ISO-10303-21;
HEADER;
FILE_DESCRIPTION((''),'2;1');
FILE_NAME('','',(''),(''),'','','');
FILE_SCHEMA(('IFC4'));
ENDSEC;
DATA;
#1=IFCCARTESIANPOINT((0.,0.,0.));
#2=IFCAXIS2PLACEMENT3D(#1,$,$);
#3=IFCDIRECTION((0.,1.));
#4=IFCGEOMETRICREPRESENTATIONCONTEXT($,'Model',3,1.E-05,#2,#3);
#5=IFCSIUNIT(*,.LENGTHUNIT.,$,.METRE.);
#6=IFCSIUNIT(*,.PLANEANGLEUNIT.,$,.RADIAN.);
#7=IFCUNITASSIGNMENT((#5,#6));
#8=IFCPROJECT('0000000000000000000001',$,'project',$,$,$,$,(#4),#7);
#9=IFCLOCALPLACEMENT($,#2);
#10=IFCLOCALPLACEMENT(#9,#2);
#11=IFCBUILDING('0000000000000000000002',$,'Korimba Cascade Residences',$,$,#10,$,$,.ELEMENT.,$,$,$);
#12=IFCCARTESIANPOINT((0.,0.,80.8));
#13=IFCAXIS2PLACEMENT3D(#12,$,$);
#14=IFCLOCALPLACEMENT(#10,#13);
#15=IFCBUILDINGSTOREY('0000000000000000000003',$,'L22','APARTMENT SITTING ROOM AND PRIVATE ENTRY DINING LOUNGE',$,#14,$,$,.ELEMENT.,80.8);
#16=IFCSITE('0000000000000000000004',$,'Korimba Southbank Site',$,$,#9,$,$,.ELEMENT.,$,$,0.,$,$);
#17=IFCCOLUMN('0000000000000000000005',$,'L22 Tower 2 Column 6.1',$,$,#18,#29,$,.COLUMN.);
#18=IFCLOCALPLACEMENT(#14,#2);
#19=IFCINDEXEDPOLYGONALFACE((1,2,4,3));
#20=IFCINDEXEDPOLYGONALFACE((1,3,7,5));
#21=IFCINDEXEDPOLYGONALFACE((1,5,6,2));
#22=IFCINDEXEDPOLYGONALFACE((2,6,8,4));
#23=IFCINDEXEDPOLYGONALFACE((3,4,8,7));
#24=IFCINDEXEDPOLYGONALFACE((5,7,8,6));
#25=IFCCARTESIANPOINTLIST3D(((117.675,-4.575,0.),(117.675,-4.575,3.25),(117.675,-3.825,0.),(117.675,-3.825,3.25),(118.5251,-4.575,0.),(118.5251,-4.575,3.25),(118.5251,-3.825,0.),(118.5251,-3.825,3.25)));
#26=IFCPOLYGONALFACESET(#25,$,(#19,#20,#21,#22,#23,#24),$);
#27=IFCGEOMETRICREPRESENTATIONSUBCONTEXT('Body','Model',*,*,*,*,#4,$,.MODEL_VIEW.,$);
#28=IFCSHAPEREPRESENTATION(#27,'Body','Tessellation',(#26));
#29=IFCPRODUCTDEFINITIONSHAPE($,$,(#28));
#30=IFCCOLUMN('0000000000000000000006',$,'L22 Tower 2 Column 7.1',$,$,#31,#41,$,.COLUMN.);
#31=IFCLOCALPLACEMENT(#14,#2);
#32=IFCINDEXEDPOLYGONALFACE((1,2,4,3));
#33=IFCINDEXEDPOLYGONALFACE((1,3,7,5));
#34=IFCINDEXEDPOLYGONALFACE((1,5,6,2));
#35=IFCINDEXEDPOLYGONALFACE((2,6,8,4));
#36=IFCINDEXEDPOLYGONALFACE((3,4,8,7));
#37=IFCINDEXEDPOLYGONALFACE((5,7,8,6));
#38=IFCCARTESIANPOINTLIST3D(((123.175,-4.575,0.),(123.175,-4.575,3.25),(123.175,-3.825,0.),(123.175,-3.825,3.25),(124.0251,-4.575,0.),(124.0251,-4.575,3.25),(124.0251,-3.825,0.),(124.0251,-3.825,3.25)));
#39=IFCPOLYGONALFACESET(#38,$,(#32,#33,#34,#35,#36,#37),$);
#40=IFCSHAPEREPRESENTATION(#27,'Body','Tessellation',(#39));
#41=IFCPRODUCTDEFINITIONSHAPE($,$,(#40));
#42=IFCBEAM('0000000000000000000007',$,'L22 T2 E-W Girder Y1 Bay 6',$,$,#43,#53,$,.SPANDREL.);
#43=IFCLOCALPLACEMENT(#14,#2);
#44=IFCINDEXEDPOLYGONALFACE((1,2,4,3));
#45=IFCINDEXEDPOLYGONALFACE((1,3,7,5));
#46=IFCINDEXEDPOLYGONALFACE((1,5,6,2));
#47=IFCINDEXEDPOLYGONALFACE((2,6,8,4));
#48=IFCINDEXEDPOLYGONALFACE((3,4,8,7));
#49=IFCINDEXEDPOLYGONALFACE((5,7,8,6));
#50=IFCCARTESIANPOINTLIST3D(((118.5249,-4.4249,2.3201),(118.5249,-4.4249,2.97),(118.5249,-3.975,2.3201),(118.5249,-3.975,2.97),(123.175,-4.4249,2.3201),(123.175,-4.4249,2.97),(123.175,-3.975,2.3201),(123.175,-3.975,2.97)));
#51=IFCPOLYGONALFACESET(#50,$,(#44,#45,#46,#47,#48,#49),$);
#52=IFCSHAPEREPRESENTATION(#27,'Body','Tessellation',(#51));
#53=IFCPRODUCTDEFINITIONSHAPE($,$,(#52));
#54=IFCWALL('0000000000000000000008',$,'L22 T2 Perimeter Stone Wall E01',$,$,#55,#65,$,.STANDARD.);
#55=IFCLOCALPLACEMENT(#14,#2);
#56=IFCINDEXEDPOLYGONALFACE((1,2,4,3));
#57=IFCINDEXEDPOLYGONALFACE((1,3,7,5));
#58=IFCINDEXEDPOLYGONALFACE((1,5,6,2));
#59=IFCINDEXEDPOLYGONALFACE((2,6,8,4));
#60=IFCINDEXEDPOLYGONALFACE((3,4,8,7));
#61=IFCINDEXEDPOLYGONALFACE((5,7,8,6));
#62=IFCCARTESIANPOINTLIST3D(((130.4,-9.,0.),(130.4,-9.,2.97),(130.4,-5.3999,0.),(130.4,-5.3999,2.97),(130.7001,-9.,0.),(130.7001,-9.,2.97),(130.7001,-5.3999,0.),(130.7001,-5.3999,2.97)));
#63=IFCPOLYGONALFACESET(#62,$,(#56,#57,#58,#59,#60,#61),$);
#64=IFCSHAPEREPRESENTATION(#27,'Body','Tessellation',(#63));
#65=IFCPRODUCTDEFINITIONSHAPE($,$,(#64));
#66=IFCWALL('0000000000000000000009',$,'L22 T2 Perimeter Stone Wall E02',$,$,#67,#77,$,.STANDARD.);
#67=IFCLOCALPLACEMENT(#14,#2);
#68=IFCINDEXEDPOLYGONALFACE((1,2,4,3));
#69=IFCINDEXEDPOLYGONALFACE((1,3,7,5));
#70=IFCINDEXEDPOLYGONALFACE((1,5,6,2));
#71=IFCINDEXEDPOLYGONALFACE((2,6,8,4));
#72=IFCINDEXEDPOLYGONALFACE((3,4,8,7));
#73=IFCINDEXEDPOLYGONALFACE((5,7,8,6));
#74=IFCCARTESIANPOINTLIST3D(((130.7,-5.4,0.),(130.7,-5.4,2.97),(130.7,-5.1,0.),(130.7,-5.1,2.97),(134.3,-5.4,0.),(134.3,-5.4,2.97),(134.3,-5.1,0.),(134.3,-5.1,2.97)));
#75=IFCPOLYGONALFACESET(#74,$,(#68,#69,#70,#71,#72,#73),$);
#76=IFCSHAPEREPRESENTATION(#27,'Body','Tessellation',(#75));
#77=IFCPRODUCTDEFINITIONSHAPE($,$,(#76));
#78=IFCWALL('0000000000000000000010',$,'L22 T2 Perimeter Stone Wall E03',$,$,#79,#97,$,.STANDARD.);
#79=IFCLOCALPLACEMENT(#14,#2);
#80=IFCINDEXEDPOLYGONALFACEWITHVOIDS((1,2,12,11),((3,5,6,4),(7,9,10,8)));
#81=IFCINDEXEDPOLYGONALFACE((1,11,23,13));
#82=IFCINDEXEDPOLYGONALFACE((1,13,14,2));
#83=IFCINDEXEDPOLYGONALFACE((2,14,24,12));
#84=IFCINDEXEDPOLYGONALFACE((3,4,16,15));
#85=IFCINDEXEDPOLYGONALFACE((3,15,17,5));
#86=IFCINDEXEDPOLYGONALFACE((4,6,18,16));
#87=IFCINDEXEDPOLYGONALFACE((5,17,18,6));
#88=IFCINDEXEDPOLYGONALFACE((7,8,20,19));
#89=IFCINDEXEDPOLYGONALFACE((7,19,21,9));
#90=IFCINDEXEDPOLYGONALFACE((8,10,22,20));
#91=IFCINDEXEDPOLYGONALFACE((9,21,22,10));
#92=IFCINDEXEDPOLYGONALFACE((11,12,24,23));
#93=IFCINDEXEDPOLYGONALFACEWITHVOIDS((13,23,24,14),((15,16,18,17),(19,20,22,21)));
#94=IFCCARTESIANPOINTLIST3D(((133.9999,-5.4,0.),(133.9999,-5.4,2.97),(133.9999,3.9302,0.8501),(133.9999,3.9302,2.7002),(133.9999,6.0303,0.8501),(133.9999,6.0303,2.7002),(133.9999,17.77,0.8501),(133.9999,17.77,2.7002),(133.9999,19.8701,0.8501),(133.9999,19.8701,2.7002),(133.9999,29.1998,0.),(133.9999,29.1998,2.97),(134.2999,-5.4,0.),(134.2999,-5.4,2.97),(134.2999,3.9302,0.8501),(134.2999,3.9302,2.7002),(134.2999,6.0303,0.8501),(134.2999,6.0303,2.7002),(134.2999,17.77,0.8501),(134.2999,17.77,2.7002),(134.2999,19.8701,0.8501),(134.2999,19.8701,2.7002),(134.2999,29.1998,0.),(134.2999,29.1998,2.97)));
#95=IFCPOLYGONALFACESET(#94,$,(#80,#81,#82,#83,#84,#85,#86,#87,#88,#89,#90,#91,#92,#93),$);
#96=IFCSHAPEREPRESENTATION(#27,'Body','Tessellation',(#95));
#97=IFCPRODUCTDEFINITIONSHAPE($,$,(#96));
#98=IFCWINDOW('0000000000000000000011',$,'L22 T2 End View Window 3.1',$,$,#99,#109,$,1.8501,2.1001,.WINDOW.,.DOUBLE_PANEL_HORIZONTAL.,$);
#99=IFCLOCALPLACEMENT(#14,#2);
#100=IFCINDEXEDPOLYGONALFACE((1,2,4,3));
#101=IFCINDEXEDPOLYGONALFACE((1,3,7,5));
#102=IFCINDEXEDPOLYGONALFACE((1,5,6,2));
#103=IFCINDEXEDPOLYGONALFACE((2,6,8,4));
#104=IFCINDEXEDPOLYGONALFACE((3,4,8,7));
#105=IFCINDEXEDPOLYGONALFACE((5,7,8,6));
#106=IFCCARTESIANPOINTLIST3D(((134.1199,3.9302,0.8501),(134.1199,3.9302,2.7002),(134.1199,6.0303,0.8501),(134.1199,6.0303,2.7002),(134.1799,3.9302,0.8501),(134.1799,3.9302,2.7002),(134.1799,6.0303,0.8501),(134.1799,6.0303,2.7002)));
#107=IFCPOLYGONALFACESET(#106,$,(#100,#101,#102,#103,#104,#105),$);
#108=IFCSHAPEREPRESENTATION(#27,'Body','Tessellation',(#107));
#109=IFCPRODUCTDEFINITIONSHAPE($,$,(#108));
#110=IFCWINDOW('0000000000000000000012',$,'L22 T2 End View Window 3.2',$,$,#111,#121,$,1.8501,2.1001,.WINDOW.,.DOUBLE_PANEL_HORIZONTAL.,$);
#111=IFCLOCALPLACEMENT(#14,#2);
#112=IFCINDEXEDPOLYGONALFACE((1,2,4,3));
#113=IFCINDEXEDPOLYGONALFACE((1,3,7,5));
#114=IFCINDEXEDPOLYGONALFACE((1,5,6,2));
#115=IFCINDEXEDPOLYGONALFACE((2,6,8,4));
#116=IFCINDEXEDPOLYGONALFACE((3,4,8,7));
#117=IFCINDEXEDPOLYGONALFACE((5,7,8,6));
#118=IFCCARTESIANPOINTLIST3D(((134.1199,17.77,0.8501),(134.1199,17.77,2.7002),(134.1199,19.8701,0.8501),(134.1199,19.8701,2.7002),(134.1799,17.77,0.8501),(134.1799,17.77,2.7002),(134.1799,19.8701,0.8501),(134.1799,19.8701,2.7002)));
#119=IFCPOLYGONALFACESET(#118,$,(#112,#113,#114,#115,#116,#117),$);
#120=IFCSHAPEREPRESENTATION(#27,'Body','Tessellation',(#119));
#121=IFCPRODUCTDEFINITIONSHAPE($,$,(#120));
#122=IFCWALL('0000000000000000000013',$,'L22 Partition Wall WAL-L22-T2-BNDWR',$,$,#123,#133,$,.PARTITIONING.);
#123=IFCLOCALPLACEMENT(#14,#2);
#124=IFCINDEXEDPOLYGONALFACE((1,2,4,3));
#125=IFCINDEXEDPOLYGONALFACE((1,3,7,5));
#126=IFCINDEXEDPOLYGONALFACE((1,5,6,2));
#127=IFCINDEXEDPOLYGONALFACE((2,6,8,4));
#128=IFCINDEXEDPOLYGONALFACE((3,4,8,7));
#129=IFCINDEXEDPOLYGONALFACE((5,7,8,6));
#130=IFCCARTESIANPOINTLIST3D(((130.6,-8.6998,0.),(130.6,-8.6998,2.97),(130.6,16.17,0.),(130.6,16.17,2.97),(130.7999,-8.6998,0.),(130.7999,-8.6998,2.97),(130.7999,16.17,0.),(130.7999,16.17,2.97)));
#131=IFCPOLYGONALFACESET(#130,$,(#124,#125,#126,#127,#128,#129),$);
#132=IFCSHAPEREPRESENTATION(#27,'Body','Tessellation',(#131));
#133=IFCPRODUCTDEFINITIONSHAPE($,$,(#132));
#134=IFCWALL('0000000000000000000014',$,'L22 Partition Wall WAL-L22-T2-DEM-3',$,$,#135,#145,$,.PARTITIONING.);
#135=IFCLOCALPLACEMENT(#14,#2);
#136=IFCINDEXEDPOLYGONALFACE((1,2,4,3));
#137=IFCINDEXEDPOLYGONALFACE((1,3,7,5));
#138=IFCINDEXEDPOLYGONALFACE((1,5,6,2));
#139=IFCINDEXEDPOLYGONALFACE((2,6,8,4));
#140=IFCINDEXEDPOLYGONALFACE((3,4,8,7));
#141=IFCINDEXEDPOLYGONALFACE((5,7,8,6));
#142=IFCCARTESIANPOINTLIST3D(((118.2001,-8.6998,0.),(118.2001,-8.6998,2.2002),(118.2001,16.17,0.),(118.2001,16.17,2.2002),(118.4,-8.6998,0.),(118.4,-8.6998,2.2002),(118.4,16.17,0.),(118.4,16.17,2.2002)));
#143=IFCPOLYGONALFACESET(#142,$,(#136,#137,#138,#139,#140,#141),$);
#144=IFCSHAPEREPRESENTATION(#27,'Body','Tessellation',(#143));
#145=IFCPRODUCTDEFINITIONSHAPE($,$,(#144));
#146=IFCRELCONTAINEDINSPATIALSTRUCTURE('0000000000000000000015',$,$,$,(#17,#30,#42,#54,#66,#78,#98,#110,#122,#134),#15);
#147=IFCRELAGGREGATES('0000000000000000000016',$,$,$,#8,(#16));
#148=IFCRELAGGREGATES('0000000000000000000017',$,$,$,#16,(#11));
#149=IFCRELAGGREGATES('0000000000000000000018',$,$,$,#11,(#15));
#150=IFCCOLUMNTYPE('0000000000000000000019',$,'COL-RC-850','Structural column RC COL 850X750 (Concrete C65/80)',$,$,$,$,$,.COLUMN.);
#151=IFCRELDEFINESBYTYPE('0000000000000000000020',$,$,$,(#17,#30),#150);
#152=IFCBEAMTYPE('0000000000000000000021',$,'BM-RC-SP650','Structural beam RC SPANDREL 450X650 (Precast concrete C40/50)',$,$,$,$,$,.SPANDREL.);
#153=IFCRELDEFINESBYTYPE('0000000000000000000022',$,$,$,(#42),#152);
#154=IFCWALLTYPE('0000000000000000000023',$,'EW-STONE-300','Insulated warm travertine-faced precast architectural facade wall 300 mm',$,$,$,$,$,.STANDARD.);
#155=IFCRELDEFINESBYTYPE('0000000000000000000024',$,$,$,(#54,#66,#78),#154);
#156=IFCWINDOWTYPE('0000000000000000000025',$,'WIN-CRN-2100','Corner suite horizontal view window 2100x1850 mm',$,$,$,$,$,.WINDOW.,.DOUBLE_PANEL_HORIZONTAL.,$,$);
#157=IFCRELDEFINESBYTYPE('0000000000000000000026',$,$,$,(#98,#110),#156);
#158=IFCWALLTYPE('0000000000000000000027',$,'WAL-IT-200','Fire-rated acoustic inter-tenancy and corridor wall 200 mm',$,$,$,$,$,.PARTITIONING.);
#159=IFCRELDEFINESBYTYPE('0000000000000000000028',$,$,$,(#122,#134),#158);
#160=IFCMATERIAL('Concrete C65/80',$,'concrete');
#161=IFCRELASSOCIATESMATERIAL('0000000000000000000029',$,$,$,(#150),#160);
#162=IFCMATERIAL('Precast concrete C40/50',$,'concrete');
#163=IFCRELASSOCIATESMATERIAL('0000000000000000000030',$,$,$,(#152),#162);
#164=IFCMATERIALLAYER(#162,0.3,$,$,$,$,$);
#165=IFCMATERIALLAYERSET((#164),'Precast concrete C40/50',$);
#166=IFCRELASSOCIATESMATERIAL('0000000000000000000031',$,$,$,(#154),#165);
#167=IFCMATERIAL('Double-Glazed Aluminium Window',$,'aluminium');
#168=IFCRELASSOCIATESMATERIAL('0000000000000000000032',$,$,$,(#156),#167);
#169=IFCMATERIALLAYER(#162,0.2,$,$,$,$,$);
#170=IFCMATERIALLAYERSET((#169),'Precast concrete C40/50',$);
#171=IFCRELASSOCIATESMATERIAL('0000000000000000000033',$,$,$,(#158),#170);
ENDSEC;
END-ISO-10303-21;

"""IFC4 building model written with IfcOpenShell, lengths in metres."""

from ifc_helpers import new_model, si_unit, direction, frame, frame_2d, origin, origin_2d, place, context, subcontext, project, spatial, rectangle, extrude, material, layer, layer_set, material_profile, profile_set, type_object, element, fill, save


model = new_model("IFC4")

# Units and contexts
model_context = context("Model", 3, precision=1e-05, world=origin(), true_north=direction((0.0, 1.0)))
body_context = subcontext(model_context, "Body", "Model", "MODEL_VIEW")
ifc_project = project(units=[si_unit("LENGTHUNIT", "METRE"), si_unit("PLANEANGLEUNIT", "RADIAN")], contexts=[model_context])

# Site, building, storey
site_placement = place(None, origin())
site = spatial("IfcSite", under=ifc_project, at=site_placement, Name="Korimba Southbank Site", CompositionType="ELEMENT", RefElevation=0.0)
building_placement = place(site_placement, origin())
building = spatial("IfcBuilding", under=site, at=building_placement, Name="Korimba Cascade Residences", CompositionType="ELEMENT")
storey_placement = place(building_placement, frame((0.0, 0.0, 80.8)))
storey = spatial("IfcBuildingStorey", under=building, at=storey_placement, Name="L22", Description="APARTMENT SITTING ROOM AND PRIVATE ENTRY DINING LOUNGE", CompositionType="ELEMENT", Elevation=80.8)

# Columns
ifc_material_1 = material(Name="Concrete C65/80", Category="concrete")
ifc_material_profile_1 = material_profile(ifc_material_1, rectangle(XDim=0.8501, YDim=0.75, at=origin_2d()), Name="Concrete C65/80")
ifc_profile_set_1 = profile_set([ifc_material_profile_1], Name="Concrete C65/80")
column_type = type_object("IfcColumnType", Name="COL-RC-850", Description="Structural column RC COL 850X750 (Concrete C65/80)", PredefinedType="COLUMN", material=ifc_profile_set_1)
for number, where, z_axis, x_axis, name in (
    (1, (118.1001, -4.2, 0.0), (0.0, 0.0, 1.0), (1.0, 0.0, 0.0), "L22 Tower 2 Column 6.1"),
    (2, (123.6001, -4.2, 0.0), (0.0, 0.0, 1.0), (1.0, 0.0, 0.0), "L22 Tower 2 Column 7.1"),
):
    element("IfcColumn", number, at=place(storey_placement, frame(where, z_axis=z_axis, x_axis=x_axis)), inside=storey, type_object=column_type, Name=name, PredefinedType="COLUMN", context=body_context, shape_type="SweptSolid", body=[
        extrude(rectangle(XDim=0.8501, YDim=0.75, at=origin_2d()), origin(), (0.0, 0.0, 1.0), 3.25),
    ])

# Beam
ifc_material_2 = material(Name="Precast concrete C40/50", Category="concrete")
ifc_material_profile_2 = material_profile(ifc_material_2, rectangle(XDim=0.45, YDim=0.6499, at=origin_2d()), Name="Precast concrete C40/50")
ifc_profile_set_2 = profile_set([ifc_material_profile_2], Name="Precast concrete C40/50")
beam_type = type_object("IfcBeamType", Name="BM-RC-SP650", Description="Structural beam RC SPANDREL 450X650 (Precast concrete C40/50)", PredefinedType="SPANDREL", material=ifc_profile_set_2)
beam_placement = place(storey_placement, frame((118.5249, -4.2, 2.645), z_axis=(1.0, 0.0, 0.0), x_axis=(0.0, 1.0, 0.0)))
element("IfcBeam", 3, at=beam_placement, inside=storey, type_object=beam_type, Name="L22 T2 E-W Girder Y1 Bay 6", PredefinedType="SPANDREL", context=body_context, shape_type="SweptSolid", body=[
    extrude(rectangle(XDim=0.45, YDim=0.6499, at=origin_2d()), origin(), (0.0, 0.0, 1.0), 4.6501),
])

# Walls
ifc_layer_1 = layer(ifc_material_2, 0.3)
ifc_layer_set_1 = layer_set([ifc_layer_1], Name="Precast concrete C40/50")
wall_type_1 = type_object("IfcWallType", Name="EW-STONE-300", Description="Insulated warm travertine-faced precast architectural facade wall 300 mm", PredefinedType="STANDARD", material=ifc_layer_set_1)
for number, where, z_axis, x_axis, name in (
    (4, (130.55, -9.0, 0.0), (0.0, 0.0, 1.0), (0.0, 1.0, 0.0), "L22 T2 Perimeter Stone Wall E01"),
    (5, (130.7, -5.25, 0.0), (0.0, 0.0, 1.0), (1.0, 0.0, 0.0), "L22 T2 Perimeter Stone Wall E02"),
):
    element("IfcWall", number, at=place(storey_placement, frame(where, z_axis=z_axis, x_axis=x_axis)), inside=storey, type_object=wall_type_1, Name=name, PredefinedType="STANDARD", context=body_context, shape_type="SweptSolid", body=[
        extrude(rectangle(XDim=3.6001, YDim=0.3, at=frame_2d((1.8, 0.0))), origin(), (0.0, 0.0, 1.0), 2.97),
    ])

# Wall, openings, windows
wall_1_placement = place(storey_placement, frame((134.1499, -5.3999, 0.0), z_axis=(0.0, 0.0, 1.0), x_axis=(0.0, 1.0, 0.0)))
wall_1 = element("IfcWall", 6, at=wall_1_placement, inside=storey, type_object=wall_type_1, Name="L22 T2 Perimeter Stone Wall E03", PredefinedType="STANDARD", context=body_context, shape_type="SweptSolid", body=[
    extrude(rectangle(XDim=34.5999, YDim=0.3, at=frame_2d((17.2998, 0.0))), origin(), (0.0, 0.0, 1.0), 2.97),
])
opening_1_placement = place(wall_1_placement, frame((9.3301, 0.0, 0.8501)))
opening_1 = element("IfcOpeningElement", 7, at=opening_1_placement, cuts=wall_1, PredefinedType="OPENING", context=body_context, shape_type="SweptSolid", body=[
    extrude(rectangle(XDim=2.1001, YDim=1.8501, at=frame_2d((1.05, 0.925))), frame((0.0, 0.1602, 0.0), z_axis=(0.0, -1.0, 0.0), x_axis=(1.0, 0.0, 0.0)), (0.0, 0.0, 1.0), 0.3201),
])
opening_2_placement = place(wall_1_placement, frame((23.1699, 0.0, 0.8501)))
opening_2 = element("IfcOpeningElement", 8, at=opening_2_placement, cuts=wall_1, PredefinedType="OPENING", context=body_context, shape_type="SweptSolid", body=[
    extrude(rectangle(XDim=2.1001, YDim=1.8501, at=frame_2d((1.05, 0.925))), frame((0.0, 0.1602, 0.0), z_axis=(0.0, -1.0, 0.0), x_axis=(1.0, 0.0, 0.0)), (0.0, 0.0, 1.0), 0.3201),
])
ifc_material_3 = material(Name="Double-Glazed Aluminium Window", Category="aluminium")
window_type = type_object("IfcWindowType", Name="WIN-CRN-2100", Description="Corner suite horizontal view window 2100x1850 mm", PartitioningType="DOUBLE_PANEL_HORIZONTAL", PredefinedType="WINDOW", material=ifc_material_3)
window_1_placement = place(opening_1_placement, origin())
window_1 = element("IfcWindow", 9, at=window_1_placement, inside=storey, type_object=window_type, Name="L22 T2 End View Window 3.1", OverallHeight=1.8501, OverallWidth=2.1001, PartitioningType="DOUBLE_PANEL_HORIZONTAL", PredefinedType="WINDOW", context=body_context, shape_type="SweptSolid", body=[
    extrude(rectangle(XDim=2.1001, YDim=1.8501, at=frame_2d((1.05, 0.925))), frame((0.0, 0.03, 0.0), z_axis=(0.0, -1.0, 0.0), x_axis=(1.0, 0.0, 0.0)), (0.0, 0.0, 1.0), 0.0601),
])
fill(opening_1, window_1)
window_2_placement = place(opening_2_placement, origin())
window_2 = element("IfcWindow", 10, at=window_2_placement, inside=storey, type_object=window_type, Name="L22 T2 End View Window 3.2", OverallHeight=1.8501, OverallWidth=2.1001, PartitioningType="DOUBLE_PANEL_HORIZONTAL", PredefinedType="WINDOW", context=body_context, shape_type="SweptSolid", body=[
    extrude(rectangle(XDim=2.1001, YDim=1.8501, at=frame_2d((1.05, 0.925))), frame((0.0, 0.03, 0.0), z_axis=(0.0, -1.0, 0.0), x_axis=(1.0, 0.0, 0.0)), (0.0, 0.0, 1.0), 0.0601),
])
fill(opening_2, window_2)

# Walls
ifc_layer_2 = layer(ifc_material_2, 0.2)
ifc_layer_set_2 = layer_set([ifc_layer_2], Name="Precast concrete C40/50")
wall_type_2 = type_object("IfcWallType", Name="WAL-IT-200", Description="Fire-rated acoustic inter-tenancy and corridor wall 200 mm", PredefinedType="PARTITIONING", material=ifc_layer_set_2)
wall_2_placement = place(storey_placement, frame((130.7, -8.7, 0.0), z_axis=(0.0, 0.0, 1.0), x_axis=(0.0, 1.0, 0.0)))
element("IfcWall", 11, at=wall_2_placement, inside=storey, type_object=wall_type_2, Name="L22 Partition Wall WAL-L22-T2-BNDWR", PredefinedType="PARTITIONING", context=body_context, shape_type="SweptSolid", body=[
    extrude(rectangle(XDim=24.8699, YDim=0.2, at=frame_2d((12.4351, 0.0))), origin(), (0.0, 0.0, 1.0), 2.97),
])
wall_3_placement = place(storey_placement, frame((118.3, -8.7, 0.0), z_axis=(0.0, 0.0, 1.0), x_axis=(0.0, 1.0, 0.0)))
element("IfcWall", 12, at=wall_3_placement, inside=storey, type_object=wall_type_2, Name="L22 Partition Wall WAL-L22-T2-DEM-3", PredefinedType="PARTITIONING", context=body_context, shape_type="SweptSolid", body=[
    extrude(rectangle(XDim=24.8699, YDim=0.2, at=frame_2d((12.4351, 0.0))), origin(), (0.0, 0.0, 1.0), 2.2002),
])

save(model, "model.ifc")
